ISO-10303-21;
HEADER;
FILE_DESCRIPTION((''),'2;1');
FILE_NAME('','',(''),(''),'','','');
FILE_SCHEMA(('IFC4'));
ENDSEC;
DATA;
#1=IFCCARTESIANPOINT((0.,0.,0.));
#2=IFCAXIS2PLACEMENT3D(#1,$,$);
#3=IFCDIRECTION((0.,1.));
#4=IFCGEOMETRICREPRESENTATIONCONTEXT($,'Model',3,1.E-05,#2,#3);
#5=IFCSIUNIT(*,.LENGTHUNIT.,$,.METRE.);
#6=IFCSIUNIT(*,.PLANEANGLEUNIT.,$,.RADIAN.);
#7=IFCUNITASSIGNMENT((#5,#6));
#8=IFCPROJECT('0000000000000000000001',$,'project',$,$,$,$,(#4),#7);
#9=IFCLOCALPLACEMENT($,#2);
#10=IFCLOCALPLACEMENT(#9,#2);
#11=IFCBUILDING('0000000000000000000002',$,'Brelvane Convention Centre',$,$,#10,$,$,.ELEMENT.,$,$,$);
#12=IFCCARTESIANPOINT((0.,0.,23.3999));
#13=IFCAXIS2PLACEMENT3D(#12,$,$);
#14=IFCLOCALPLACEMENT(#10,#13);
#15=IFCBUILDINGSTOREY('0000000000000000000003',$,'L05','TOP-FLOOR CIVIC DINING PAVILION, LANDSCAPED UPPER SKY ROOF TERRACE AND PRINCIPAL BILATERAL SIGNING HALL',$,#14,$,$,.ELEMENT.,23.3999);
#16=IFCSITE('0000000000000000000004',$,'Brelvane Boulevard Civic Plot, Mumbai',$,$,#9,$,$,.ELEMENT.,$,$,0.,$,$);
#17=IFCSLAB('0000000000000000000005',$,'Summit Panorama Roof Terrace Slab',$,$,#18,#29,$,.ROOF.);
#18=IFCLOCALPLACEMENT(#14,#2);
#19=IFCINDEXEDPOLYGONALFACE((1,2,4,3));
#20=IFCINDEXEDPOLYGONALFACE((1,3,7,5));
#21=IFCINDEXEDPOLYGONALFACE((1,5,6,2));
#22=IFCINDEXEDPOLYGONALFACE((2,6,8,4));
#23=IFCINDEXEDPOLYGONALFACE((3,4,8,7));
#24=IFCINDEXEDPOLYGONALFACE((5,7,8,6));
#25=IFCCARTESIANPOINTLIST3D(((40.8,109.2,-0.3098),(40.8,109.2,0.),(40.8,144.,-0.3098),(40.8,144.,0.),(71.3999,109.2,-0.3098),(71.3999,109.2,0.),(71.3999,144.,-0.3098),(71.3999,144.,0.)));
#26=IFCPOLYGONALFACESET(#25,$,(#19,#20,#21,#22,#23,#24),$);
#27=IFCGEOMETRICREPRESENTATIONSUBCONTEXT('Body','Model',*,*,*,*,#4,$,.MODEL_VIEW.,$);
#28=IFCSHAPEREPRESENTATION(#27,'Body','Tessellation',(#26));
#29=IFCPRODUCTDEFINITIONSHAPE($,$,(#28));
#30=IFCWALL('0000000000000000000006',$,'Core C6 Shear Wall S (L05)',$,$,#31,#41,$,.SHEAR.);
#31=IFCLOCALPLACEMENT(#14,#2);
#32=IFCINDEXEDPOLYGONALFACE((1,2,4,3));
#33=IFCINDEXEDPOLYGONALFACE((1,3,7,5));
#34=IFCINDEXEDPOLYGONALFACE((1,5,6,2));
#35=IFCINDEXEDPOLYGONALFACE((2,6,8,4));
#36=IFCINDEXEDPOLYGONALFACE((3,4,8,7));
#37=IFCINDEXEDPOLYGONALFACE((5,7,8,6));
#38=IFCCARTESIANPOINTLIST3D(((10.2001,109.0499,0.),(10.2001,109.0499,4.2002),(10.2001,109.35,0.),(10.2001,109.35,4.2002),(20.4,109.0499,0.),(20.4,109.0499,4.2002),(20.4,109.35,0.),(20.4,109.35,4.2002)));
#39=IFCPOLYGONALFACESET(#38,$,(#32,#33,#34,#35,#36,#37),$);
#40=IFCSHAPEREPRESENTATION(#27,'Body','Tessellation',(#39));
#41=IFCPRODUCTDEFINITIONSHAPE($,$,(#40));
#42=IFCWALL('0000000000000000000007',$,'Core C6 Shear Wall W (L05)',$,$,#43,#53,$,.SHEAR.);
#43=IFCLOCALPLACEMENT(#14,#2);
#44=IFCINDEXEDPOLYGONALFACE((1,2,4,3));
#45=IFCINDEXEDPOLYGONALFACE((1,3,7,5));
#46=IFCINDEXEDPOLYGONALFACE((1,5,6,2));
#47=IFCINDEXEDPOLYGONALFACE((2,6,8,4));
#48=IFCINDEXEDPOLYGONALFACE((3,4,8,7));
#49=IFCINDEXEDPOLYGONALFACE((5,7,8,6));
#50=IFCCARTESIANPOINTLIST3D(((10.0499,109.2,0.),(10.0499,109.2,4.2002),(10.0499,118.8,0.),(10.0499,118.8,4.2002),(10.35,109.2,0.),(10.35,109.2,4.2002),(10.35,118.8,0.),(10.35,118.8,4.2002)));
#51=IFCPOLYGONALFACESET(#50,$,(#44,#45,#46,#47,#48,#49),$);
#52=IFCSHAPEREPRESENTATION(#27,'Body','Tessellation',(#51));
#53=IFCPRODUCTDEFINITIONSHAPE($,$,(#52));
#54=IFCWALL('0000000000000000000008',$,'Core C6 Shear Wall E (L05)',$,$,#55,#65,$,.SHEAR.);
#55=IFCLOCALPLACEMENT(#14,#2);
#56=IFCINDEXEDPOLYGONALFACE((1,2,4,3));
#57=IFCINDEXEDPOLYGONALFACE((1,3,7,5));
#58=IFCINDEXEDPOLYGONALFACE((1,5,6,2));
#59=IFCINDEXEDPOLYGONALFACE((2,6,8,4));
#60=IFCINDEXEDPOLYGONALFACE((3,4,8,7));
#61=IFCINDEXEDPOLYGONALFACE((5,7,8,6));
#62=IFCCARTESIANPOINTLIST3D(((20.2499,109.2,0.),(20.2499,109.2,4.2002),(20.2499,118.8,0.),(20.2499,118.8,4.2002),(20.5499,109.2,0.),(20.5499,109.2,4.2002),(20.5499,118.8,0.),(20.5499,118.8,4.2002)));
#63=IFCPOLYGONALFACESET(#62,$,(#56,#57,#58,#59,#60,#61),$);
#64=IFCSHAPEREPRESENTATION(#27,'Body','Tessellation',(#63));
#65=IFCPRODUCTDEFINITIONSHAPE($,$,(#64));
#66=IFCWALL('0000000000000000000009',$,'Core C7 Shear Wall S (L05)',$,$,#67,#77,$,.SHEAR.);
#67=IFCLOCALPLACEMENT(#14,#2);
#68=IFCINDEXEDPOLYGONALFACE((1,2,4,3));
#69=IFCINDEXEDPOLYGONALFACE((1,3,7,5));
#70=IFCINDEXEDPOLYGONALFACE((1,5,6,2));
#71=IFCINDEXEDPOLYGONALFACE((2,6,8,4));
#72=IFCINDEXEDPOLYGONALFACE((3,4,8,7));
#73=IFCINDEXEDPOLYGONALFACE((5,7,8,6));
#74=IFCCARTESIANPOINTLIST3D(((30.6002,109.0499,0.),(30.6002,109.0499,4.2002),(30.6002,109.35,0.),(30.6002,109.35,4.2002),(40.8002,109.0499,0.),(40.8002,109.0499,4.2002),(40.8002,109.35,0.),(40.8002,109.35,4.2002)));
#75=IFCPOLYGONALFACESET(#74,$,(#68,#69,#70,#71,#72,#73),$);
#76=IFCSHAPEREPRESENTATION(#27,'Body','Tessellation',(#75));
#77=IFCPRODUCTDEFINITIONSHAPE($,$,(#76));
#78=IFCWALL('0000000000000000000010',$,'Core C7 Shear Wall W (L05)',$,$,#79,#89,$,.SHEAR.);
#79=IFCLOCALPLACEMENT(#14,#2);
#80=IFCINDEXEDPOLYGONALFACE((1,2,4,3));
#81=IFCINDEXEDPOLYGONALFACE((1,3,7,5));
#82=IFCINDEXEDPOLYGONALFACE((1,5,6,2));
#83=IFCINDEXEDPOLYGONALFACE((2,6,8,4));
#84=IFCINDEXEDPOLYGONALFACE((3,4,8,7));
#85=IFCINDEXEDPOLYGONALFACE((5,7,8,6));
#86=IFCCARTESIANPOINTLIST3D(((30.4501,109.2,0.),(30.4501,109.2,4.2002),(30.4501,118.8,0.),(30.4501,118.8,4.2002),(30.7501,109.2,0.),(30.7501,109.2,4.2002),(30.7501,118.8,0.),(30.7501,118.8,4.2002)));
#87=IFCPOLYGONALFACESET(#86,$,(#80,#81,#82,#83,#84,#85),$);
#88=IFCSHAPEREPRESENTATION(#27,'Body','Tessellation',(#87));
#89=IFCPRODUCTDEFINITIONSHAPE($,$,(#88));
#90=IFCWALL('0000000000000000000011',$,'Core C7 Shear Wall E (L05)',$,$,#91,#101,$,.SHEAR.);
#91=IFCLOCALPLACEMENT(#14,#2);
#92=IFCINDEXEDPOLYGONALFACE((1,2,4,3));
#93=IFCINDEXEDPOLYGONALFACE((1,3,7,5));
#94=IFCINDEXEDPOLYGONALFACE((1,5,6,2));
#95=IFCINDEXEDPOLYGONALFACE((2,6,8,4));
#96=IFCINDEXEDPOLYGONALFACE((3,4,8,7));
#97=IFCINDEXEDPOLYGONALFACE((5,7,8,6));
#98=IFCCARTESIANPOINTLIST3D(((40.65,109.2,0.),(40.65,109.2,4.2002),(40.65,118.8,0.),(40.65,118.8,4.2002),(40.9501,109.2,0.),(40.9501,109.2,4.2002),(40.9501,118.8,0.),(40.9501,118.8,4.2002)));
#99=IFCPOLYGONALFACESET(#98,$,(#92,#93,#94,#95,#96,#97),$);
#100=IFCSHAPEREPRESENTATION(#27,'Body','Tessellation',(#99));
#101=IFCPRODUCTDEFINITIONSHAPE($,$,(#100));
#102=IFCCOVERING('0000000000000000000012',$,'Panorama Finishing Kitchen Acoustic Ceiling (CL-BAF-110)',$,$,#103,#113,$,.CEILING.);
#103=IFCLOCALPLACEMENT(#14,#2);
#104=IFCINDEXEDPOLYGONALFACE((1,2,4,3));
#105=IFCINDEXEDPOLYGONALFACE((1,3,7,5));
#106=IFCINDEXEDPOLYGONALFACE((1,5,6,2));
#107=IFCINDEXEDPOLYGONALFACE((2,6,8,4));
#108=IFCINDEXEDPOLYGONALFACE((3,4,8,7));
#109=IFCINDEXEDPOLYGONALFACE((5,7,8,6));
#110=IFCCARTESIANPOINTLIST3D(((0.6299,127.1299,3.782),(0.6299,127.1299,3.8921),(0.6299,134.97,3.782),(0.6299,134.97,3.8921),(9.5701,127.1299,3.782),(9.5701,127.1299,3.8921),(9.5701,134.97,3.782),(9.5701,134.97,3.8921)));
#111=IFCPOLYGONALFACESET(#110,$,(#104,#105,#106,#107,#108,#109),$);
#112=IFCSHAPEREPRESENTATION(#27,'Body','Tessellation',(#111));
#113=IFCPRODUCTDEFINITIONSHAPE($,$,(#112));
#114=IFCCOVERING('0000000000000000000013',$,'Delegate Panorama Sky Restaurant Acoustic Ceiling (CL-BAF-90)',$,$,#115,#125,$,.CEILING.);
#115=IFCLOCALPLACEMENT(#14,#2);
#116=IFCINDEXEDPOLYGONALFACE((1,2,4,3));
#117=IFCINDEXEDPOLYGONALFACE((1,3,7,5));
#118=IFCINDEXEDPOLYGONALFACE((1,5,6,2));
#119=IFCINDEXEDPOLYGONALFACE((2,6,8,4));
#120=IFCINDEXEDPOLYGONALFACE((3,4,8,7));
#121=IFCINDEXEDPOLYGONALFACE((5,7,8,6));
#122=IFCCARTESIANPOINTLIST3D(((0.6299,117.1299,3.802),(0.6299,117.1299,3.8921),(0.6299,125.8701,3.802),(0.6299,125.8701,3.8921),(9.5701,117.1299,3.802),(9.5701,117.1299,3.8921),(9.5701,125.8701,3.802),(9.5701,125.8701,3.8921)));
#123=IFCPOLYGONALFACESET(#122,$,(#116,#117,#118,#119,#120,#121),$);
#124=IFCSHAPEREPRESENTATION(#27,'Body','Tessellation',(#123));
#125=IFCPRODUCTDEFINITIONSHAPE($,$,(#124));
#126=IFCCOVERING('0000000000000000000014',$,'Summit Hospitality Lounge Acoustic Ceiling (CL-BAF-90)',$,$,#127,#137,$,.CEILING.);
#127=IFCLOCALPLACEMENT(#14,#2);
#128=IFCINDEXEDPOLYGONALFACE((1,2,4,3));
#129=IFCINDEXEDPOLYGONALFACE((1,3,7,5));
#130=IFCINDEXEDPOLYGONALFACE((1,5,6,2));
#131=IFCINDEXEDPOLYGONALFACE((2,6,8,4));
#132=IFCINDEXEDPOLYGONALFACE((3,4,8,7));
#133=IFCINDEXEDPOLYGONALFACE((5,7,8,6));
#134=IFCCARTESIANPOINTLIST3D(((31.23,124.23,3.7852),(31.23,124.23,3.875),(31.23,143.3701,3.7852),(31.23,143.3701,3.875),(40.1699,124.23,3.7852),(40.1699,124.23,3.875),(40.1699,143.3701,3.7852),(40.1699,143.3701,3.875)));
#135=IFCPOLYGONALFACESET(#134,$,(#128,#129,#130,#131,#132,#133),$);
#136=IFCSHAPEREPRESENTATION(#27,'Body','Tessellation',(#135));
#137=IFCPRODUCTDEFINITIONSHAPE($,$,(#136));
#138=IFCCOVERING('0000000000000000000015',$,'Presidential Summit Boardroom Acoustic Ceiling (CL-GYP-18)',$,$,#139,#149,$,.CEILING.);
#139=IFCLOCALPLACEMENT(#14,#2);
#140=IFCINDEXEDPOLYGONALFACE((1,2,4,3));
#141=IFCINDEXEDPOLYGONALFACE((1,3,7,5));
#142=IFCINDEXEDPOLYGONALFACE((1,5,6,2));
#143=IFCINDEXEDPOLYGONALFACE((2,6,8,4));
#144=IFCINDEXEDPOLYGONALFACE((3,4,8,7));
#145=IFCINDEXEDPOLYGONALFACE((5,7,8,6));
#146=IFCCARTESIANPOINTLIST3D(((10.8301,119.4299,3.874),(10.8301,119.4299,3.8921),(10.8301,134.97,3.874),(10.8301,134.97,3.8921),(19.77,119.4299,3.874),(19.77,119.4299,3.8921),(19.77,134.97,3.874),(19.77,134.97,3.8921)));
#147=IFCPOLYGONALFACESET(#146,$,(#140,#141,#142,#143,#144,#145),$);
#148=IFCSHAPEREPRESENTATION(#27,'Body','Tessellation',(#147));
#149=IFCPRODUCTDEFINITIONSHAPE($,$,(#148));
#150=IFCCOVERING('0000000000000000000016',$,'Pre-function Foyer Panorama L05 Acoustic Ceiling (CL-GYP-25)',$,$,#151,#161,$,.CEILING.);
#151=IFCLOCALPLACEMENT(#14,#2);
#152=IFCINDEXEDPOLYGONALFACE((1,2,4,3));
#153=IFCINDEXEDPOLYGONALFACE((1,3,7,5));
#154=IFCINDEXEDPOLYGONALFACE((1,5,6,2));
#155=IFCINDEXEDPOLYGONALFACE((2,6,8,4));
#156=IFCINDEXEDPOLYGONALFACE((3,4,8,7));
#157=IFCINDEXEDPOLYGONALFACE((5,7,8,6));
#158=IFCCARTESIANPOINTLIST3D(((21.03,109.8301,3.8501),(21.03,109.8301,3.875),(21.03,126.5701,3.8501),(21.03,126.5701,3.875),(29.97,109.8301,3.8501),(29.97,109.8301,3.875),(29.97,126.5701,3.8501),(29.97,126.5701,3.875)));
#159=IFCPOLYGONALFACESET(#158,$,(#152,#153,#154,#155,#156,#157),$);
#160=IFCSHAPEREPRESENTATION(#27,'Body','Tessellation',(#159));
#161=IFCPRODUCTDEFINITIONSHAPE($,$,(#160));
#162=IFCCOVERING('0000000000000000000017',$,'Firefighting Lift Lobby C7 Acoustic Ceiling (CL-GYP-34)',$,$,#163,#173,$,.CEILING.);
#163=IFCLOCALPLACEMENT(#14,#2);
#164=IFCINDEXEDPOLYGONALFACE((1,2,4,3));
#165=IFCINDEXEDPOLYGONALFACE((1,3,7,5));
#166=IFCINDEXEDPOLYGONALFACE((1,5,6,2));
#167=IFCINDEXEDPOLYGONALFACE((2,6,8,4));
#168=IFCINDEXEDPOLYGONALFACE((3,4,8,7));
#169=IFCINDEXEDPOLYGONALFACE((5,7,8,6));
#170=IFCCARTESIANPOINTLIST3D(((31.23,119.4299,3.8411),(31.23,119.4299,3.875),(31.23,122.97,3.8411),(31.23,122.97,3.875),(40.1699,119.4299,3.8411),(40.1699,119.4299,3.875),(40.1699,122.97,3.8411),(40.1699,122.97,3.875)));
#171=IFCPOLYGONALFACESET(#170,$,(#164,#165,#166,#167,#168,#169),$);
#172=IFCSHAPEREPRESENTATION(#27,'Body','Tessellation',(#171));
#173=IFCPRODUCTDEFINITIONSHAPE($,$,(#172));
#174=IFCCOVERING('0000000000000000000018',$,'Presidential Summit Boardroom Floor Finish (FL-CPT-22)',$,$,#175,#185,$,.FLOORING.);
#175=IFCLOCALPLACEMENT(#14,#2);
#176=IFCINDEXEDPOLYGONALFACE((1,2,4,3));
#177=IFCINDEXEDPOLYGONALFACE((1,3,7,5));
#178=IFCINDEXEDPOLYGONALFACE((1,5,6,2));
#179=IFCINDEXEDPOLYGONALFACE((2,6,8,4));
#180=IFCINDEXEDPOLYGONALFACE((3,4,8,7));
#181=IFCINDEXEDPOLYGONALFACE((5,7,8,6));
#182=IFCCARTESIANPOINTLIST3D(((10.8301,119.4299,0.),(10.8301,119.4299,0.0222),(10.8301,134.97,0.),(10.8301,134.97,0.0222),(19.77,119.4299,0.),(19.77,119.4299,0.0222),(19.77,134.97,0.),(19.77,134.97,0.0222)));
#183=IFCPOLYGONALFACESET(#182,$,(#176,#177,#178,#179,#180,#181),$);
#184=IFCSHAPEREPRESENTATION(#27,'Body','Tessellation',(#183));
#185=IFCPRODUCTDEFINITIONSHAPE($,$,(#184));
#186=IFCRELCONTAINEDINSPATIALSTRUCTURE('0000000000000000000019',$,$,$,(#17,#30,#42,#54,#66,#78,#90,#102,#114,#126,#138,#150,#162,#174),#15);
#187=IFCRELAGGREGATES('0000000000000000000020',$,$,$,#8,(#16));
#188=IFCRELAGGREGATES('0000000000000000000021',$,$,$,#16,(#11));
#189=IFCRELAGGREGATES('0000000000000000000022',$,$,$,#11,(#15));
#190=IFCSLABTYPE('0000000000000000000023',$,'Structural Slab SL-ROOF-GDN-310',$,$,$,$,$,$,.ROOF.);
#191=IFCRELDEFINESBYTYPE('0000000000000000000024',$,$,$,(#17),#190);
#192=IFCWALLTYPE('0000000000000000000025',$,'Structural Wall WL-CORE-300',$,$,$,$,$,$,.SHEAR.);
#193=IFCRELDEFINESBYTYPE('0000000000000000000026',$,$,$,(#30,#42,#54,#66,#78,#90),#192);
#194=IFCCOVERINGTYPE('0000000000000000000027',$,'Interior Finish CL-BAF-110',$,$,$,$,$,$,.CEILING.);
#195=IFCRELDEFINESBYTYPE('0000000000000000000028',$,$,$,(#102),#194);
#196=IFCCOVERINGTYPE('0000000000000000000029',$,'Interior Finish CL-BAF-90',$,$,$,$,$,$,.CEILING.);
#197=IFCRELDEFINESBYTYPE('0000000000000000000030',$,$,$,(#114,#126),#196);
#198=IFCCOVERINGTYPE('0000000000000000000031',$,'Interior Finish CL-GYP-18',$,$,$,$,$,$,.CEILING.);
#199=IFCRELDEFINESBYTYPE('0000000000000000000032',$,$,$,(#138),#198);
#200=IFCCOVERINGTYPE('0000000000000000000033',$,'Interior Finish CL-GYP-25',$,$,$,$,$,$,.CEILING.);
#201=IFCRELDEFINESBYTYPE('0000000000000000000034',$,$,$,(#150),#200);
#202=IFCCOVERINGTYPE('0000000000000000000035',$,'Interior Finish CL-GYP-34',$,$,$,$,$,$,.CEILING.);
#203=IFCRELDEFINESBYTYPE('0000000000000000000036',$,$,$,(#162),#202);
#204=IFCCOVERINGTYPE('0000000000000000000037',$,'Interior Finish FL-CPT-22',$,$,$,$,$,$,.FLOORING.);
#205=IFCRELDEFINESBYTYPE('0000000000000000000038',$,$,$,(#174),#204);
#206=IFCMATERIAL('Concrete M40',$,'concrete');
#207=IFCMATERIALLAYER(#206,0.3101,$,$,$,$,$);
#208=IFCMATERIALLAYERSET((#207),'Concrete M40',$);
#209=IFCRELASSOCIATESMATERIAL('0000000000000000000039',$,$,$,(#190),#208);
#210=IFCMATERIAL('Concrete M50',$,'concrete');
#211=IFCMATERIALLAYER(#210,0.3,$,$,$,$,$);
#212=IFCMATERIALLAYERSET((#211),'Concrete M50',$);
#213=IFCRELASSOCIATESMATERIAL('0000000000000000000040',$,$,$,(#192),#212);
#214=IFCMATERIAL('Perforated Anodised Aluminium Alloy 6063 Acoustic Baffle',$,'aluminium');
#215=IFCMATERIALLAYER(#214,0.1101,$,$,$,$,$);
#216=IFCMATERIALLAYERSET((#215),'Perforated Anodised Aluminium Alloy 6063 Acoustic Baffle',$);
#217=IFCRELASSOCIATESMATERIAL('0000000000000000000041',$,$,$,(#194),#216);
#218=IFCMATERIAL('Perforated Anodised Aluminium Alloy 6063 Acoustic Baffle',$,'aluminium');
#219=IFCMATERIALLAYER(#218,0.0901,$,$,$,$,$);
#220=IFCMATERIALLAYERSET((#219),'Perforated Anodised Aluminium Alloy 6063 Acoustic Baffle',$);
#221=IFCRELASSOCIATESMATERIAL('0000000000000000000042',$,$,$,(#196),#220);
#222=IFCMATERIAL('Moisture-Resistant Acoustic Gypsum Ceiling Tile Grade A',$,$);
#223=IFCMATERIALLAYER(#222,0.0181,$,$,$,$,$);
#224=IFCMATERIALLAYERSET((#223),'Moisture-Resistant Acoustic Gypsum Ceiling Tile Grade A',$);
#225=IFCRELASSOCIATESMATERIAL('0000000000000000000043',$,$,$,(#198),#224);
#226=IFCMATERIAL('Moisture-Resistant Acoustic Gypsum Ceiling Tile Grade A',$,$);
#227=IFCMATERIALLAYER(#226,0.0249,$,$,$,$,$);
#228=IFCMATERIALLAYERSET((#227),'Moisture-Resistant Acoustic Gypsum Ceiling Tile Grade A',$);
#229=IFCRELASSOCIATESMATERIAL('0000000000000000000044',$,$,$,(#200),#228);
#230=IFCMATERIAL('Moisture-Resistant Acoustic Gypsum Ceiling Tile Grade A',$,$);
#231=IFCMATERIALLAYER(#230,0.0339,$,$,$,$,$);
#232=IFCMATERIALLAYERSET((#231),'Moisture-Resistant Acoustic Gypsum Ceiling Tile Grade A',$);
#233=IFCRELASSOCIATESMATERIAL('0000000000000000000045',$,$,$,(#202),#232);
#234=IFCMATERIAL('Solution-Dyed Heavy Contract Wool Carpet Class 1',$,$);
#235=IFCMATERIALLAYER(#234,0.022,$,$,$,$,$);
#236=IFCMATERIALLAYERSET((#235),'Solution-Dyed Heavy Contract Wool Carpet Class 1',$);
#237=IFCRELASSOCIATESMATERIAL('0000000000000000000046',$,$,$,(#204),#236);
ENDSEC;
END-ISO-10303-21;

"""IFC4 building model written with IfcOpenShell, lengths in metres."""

from ifc_helpers import new_model, si_unit, direction, frame, frame_2d, origin, place, context, subcontext, project, spatial, polyline, rectangle, outline, extrude, material, layer, layer_set, type_object, element, save


model = new_model("IFC4")

# Units and contexts
model_context = context("Model", 3, precision=1e-05, world=origin(), true_north=direction((0.0, 1.0)))
body_context = subcontext(model_context, "Body", "Model", "MODEL_VIEW")
ifc_project = project(units=[si_unit("LENGTHUNIT", "METRE"), si_unit("PLANEANGLEUNIT", "RADIAN")], contexts=[model_context])

# Site, building, storey
site_placement = place(None, origin())
site = spatial("IfcSite", under=ifc_project, at=site_placement, Name="Brelvane Boulevard Civic Plot, Mumbai", CompositionType="ELEMENT", RefElevation=0.0)
building_placement = place(site_placement, origin())
building = spatial("IfcBuilding", under=site, at=building_placement, Name="Brelvane Convention Centre", CompositionType="ELEMENT")
storey_placement = place(building_placement, frame((0.0, 0.0, 23.3999)))
storey = spatial("IfcBuildingStorey", under=building, at=storey_placement, Name="L05", Description="TOP-FLOOR CIVIC DINING PAVILION, LANDSCAPED UPPER SKY ROOF TERRACE AND PRINCIPAL BILATERAL SIGNING HALL", CompositionType="ELEMENT", Elevation=23.3999)

# Slab
ifc_material_1 = material(Name="Concrete M40", Category="concrete")
ifc_layer_1 = layer(ifc_material_1, 0.3101)
ifc_layer_set_1 = layer_set([ifc_layer_1], Name="Concrete M40")
slab_type_1 = type_object("IfcSlabType", Name="Structural Slab SL-ROOF-GDN-310", PredefinedType="ROOF", material=ifc_layer_set_1)
slab_1_placement = place(storey_placement, frame((0.0, 0.0, -0.3098)))
element("IfcSlab", 1, at=slab_1_placement, inside=storey, type_object=slab_type_1, Name="Summit Panorama Roof Terrace Slab", PredefinedType="ROOF", context=body_context, shape_type="SweptSolid", body=[
    extrude(outline(polyline([(40.8, 109.2), (71.3999, 109.2), (71.3999, 144.0), (40.8, 144.0), (40.8, 109.2)])), origin(), (0.0, 0.0, 1.0), 0.3098),
])

# Walls
ifc_material_2 = material(Name="Concrete M50", Category="concrete")
ifc_layer_2 = layer(ifc_material_2, 0.3)
ifc_layer_set_2 = layer_set([ifc_layer_2], Name="Concrete M50")
wall_type = type_object("IfcWallType", Name="Structural Wall WL-CORE-300", PredefinedType="SHEAR", material=ifc_layer_set_2)
wall_1_placement = place(storey_placement, frame((10.2, 109.2, 0.0), z_axis=(0.0, 0.0, 1.0), x_axis=(1.0, 0.0, 0.0)))
element("IfcWall", 2, at=wall_1_placement, inside=storey, type_object=wall_type, Name="Core C6 Shear Wall S (L05)", PredefinedType="SHEAR", context=body_context, shape_type="SweptSolid", body=[
    extrude(rectangle(XDim=10.2, YDim=0.3, at=frame_2d((5.1001, 0.0))), origin(), (0.0, 0.0, 1.0), 4.2002),
])
for number, where, z_axis, x_axis, name in (
    (3, (10.2, 109.2, 0.0), (0.0, 0.0, 1.0), (0.0, 1.0, 0.0), "Core C6 Shear Wall W (L05)"),
    (4, (20.3999, 109.2, 0.0), (0.0, 0.0, 1.0), (0.0, 1.0, 0.0), "Core C6 Shear Wall E (L05)"),
):
    element("IfcWall", number, at=place(storey_placement, frame(where, z_axis=z_axis, x_axis=x_axis)), inside=storey, type_object=wall_type, Name=name, PredefinedType="SHEAR", context=body_context, shape_type="SweptSolid", body=[
        extrude(rectangle(XDim=9.6001, YDim=0.3, at=frame_2d((4.8, 0.0))), origin(), (0.0, 0.0, 1.0), 4.2002),
    ])
wall_2_placement = place(storey_placement, frame((30.6001, 109.2, 0.0), z_axis=(0.0, 0.0, 1.0), x_axis=(1.0, 0.0, 0.0)))
element("IfcWall", 5, at=wall_2_placement, inside=storey, type_object=wall_type, Name="Core C7 Shear Wall S (L05)", PredefinedType="SHEAR", context=body_context, shape_type="SweptSolid", body=[
    extrude(rectangle(XDim=10.2, YDim=0.3, at=frame_2d((5.1001, 0.0))), origin(), (0.0, 0.0, 1.0), 4.2002),
])
for number, where, z_axis, x_axis, name in (
    (6, (30.6001, 109.2, 0.0), (0.0, 0.0, 1.0), (0.0, 1.0, 0.0), "Core C7 Shear Wall W (L05)"),
    (7, (40.8, 109.2, 0.0), (0.0, 0.0, 1.0), (0.0, 1.0, 0.0), "Core C7 Shear Wall E (L05)"),
):
    element("IfcWall", number, at=place(storey_placement, frame(where, z_axis=z_axis, x_axis=x_axis)), inside=storey, type_object=wall_type, Name=name, PredefinedType="SHEAR", context=body_context, shape_type="SweptSolid", body=[
        extrude(rectangle(XDim=9.6001, YDim=0.3, at=frame_2d((4.8, 0.0))), origin(), (0.0, 0.0, 1.0), 4.2002),
    ])

# Coverings
ifc_material_3 = material(Name="Perforated Anodised Aluminium Alloy 6063 Acoustic Baffle", Category="aluminium")
ifc_layer_3 = layer(ifc_material_3, 0.1101)
ifc_layer_set_3 = layer_set([ifc_layer_3], Name="Perforated Anodised Aluminium Alloy 6063 Acoustic Baffle")
covering_type_1 = type_object("IfcCoveringType", Name="Interior Finish CL-BAF-110", PredefinedType="CEILING", material=ifc_layer_set_3)
covering_1_placement = place(storey_placement, frame((0.0, 0.0, 3.782)))
element("IfcCovering", 8, at=covering_1_placement, inside=storey, type_object=covering_type_1, Name="Panorama Finishing Kitchen Acoustic Ceiling (CL-BAF-110)", PredefinedType="CEILING", context=body_context, shape_type="SweptSolid", body=[
    extrude(outline(polyline([(0.6299, 127.1299), (9.5701, 127.1299), (9.5701, 134.97), (0.6299, 134.97), (0.6299, 127.1299)])), origin(), (0.0, 0.0, 1.0), 0.1101),
])
ifc_material_4 = material(Name="Perforated Anodised Aluminium Alloy 6063 Acoustic Baffle", Category="aluminium")
ifc_layer_4 = layer(ifc_material_4, 0.0901)
ifc_layer_set_4 = layer_set([ifc_layer_4], Name="Perforated Anodised Aluminium Alloy 6063 Acoustic Baffle")
covering_type_2 = type_object("IfcCoveringType", Name="Interior Finish CL-BAF-90", PredefinedType="CEILING", material=ifc_layer_set_4)
covering_2_placement = place(storey_placement, frame((0.0, 0.0, 3.802)))
element("IfcCovering", 9, at=covering_2_placement, inside=storey, type_object=covering_type_2, Name="Delegate Panorama Sky Restaurant Acoustic Ceiling (CL-BAF-90)", PredefinedType="CEILING", context=body_context, shape_type="SweptSolid", body=[
    extrude(outline(polyline([(0.6299, 117.1299), (9.5701, 117.1299), (9.5701, 125.8701), (0.6299, 125.8701), (0.6299, 117.1299)])), origin(), (0.0, 0.0, 1.0), 0.0901),
])
covering_3_placement = place(storey_placement, frame((0.0, 0.0, 3.7852)))
element("IfcCovering", 10, at=covering_3_placement, inside=storey, type_object=covering_type_2, Name="Summit Hospitality Lounge Acoustic Ceiling (CL-BAF-90)", PredefinedType="CEILING", context=body_context, shape_type="SweptSolid", body=[
    extrude(outline(polyline([(31.23, 124.23), (40.1699, 124.23), (40.1699, 143.3701), (31.23, 143.3701), (31.23, 124.23)])), origin(), (0.0, 0.0, 1.0), 0.0898),
])
ifc_material_5 = material(Name="Moisture-Resistant Acoustic Gypsum Ceiling Tile Grade A")
ifc_layer_5 = layer(ifc_material_5, 0.0181)
ifc_layer_set_5 = layer_set([ifc_layer_5], Name="Moisture-Resistant Acoustic Gypsum Ceiling Tile Grade A")
covering_type_3 = type_object("IfcCoveringType", Name="Interior Finish CL-GYP-18", PredefinedType="CEILING", material=ifc_layer_set_5)
covering_4_placement = place(storey_placement, frame((0.0, 0.0, 3.874)))
element("IfcCovering", 11, at=covering_4_placement, inside=storey, type_object=covering_type_3, Name="Presidential Summit Boardroom Acoustic Ceiling (CL-GYP-18)", PredefinedType="CEILING", context=body_context, shape_type="SweptSolid", body=[
    extrude(outline(polyline([(10.8301, 119.4299), (19.77, 119.4299), (19.77, 134.97), (10.8301, 134.97), (10.8301, 119.4299)])), origin(), (0.0, 0.0, 1.0), 0.0181),
])
ifc_material_6 = material(Name="Moisture-Resistant Acoustic Gypsum Ceiling Tile Grade A")
ifc_layer_6 = layer(ifc_material_6, 0.0249)
ifc_layer_set_6 = layer_set([ifc_layer_6], Name="Moisture-Resistant Acoustic Gypsum Ceiling Tile Grade A")
covering_type_4 = type_object("IfcCoveringType", Name="Interior Finish CL-GYP-25", PredefinedType="CEILING", material=ifc_layer_set_6)
covering_5_placement = place(storey_placement, frame((0.0, 0.0, 3.8501)))
element("IfcCovering", 12, at=covering_5_placement, inside=storey, type_object=covering_type_4, Name="Pre-function Foyer Panorama L05 Acoustic Ceiling (CL-GYP-25)", PredefinedType="CEILING", context=body_context, shape_type="SweptSolid", body=[
    extrude(outline(polyline([(21.03, 109.8301), (29.97, 109.8301), (29.97, 126.5701), (21.03, 126.5701), (21.03, 109.8301)])), origin(), (0.0, 0.0, 1.0), 0.0249),
])
ifc_material_7 = material(Name="Moisture-Resistant Acoustic Gypsum Ceiling Tile Grade A")
ifc_layer_7 = layer(ifc_material_7, 0.0339)
ifc_layer_set_7 = layer_set([ifc_layer_7], Name="Moisture-Resistant Acoustic Gypsum Ceiling Tile Grade A")
covering_type_5 = type_object("IfcCoveringType", Name="Interior Finish CL-GYP-34", PredefinedType="CEILING", material=ifc_layer_set_7)
covering_6_placement = place(storey_placement, frame((0.0, 0.0, 3.8411)))
element("IfcCovering", 13, at=covering_6_placement, inside=storey, type_object=covering_type_5, Name="Firefighting Lift Lobby C7 Acoustic Ceiling (CL-GYP-34)", PredefinedType="CEILING", context=body_context, shape_type="SweptSolid", body=[
    extrude(outline(polyline([(31.23, 119.4299), (40.1699, 119.4299), (40.1699, 122.97), (31.23, 122.97), (31.23, 119.4299)])), origin(), (0.0, 0.0, 1.0), 0.0339),
])
ifc_material_8 = material(Name="Solution-Dyed Heavy Contract Wool Carpet Class 1")
ifc_layer_8 = layer(ifc_material_8, 0.022)
ifc_layer_set_8 = layer_set([ifc_layer_8], Name="Solution-Dyed Heavy Contract Wool Carpet Class 1")
covering_type_6 = type_object("IfcCoveringType", Name="Interior Finish FL-CPT-22", PredefinedType="FLOORING", material=ifc_layer_set_8)
covering_7_placement = place(storey_placement, origin())
element("IfcCovering", 14, at=covering_7_placement, inside=storey, type_object=covering_type_6, Name="Presidential Summit Boardroom Floor Finish (FL-CPT-22)", PredefinedType="FLOORING", context=body_context, shape_type="SweptSolid", body=[
    extrude(outline(polyline([(10.8301, 119.4299), (19.77, 119.4299), (19.77, 134.97), (10.8301, 134.97), (10.8301, 119.4299)])), origin(), (0.0, 0.0, 1.0), 0.0222),
])

save(model, "model.ifc")
